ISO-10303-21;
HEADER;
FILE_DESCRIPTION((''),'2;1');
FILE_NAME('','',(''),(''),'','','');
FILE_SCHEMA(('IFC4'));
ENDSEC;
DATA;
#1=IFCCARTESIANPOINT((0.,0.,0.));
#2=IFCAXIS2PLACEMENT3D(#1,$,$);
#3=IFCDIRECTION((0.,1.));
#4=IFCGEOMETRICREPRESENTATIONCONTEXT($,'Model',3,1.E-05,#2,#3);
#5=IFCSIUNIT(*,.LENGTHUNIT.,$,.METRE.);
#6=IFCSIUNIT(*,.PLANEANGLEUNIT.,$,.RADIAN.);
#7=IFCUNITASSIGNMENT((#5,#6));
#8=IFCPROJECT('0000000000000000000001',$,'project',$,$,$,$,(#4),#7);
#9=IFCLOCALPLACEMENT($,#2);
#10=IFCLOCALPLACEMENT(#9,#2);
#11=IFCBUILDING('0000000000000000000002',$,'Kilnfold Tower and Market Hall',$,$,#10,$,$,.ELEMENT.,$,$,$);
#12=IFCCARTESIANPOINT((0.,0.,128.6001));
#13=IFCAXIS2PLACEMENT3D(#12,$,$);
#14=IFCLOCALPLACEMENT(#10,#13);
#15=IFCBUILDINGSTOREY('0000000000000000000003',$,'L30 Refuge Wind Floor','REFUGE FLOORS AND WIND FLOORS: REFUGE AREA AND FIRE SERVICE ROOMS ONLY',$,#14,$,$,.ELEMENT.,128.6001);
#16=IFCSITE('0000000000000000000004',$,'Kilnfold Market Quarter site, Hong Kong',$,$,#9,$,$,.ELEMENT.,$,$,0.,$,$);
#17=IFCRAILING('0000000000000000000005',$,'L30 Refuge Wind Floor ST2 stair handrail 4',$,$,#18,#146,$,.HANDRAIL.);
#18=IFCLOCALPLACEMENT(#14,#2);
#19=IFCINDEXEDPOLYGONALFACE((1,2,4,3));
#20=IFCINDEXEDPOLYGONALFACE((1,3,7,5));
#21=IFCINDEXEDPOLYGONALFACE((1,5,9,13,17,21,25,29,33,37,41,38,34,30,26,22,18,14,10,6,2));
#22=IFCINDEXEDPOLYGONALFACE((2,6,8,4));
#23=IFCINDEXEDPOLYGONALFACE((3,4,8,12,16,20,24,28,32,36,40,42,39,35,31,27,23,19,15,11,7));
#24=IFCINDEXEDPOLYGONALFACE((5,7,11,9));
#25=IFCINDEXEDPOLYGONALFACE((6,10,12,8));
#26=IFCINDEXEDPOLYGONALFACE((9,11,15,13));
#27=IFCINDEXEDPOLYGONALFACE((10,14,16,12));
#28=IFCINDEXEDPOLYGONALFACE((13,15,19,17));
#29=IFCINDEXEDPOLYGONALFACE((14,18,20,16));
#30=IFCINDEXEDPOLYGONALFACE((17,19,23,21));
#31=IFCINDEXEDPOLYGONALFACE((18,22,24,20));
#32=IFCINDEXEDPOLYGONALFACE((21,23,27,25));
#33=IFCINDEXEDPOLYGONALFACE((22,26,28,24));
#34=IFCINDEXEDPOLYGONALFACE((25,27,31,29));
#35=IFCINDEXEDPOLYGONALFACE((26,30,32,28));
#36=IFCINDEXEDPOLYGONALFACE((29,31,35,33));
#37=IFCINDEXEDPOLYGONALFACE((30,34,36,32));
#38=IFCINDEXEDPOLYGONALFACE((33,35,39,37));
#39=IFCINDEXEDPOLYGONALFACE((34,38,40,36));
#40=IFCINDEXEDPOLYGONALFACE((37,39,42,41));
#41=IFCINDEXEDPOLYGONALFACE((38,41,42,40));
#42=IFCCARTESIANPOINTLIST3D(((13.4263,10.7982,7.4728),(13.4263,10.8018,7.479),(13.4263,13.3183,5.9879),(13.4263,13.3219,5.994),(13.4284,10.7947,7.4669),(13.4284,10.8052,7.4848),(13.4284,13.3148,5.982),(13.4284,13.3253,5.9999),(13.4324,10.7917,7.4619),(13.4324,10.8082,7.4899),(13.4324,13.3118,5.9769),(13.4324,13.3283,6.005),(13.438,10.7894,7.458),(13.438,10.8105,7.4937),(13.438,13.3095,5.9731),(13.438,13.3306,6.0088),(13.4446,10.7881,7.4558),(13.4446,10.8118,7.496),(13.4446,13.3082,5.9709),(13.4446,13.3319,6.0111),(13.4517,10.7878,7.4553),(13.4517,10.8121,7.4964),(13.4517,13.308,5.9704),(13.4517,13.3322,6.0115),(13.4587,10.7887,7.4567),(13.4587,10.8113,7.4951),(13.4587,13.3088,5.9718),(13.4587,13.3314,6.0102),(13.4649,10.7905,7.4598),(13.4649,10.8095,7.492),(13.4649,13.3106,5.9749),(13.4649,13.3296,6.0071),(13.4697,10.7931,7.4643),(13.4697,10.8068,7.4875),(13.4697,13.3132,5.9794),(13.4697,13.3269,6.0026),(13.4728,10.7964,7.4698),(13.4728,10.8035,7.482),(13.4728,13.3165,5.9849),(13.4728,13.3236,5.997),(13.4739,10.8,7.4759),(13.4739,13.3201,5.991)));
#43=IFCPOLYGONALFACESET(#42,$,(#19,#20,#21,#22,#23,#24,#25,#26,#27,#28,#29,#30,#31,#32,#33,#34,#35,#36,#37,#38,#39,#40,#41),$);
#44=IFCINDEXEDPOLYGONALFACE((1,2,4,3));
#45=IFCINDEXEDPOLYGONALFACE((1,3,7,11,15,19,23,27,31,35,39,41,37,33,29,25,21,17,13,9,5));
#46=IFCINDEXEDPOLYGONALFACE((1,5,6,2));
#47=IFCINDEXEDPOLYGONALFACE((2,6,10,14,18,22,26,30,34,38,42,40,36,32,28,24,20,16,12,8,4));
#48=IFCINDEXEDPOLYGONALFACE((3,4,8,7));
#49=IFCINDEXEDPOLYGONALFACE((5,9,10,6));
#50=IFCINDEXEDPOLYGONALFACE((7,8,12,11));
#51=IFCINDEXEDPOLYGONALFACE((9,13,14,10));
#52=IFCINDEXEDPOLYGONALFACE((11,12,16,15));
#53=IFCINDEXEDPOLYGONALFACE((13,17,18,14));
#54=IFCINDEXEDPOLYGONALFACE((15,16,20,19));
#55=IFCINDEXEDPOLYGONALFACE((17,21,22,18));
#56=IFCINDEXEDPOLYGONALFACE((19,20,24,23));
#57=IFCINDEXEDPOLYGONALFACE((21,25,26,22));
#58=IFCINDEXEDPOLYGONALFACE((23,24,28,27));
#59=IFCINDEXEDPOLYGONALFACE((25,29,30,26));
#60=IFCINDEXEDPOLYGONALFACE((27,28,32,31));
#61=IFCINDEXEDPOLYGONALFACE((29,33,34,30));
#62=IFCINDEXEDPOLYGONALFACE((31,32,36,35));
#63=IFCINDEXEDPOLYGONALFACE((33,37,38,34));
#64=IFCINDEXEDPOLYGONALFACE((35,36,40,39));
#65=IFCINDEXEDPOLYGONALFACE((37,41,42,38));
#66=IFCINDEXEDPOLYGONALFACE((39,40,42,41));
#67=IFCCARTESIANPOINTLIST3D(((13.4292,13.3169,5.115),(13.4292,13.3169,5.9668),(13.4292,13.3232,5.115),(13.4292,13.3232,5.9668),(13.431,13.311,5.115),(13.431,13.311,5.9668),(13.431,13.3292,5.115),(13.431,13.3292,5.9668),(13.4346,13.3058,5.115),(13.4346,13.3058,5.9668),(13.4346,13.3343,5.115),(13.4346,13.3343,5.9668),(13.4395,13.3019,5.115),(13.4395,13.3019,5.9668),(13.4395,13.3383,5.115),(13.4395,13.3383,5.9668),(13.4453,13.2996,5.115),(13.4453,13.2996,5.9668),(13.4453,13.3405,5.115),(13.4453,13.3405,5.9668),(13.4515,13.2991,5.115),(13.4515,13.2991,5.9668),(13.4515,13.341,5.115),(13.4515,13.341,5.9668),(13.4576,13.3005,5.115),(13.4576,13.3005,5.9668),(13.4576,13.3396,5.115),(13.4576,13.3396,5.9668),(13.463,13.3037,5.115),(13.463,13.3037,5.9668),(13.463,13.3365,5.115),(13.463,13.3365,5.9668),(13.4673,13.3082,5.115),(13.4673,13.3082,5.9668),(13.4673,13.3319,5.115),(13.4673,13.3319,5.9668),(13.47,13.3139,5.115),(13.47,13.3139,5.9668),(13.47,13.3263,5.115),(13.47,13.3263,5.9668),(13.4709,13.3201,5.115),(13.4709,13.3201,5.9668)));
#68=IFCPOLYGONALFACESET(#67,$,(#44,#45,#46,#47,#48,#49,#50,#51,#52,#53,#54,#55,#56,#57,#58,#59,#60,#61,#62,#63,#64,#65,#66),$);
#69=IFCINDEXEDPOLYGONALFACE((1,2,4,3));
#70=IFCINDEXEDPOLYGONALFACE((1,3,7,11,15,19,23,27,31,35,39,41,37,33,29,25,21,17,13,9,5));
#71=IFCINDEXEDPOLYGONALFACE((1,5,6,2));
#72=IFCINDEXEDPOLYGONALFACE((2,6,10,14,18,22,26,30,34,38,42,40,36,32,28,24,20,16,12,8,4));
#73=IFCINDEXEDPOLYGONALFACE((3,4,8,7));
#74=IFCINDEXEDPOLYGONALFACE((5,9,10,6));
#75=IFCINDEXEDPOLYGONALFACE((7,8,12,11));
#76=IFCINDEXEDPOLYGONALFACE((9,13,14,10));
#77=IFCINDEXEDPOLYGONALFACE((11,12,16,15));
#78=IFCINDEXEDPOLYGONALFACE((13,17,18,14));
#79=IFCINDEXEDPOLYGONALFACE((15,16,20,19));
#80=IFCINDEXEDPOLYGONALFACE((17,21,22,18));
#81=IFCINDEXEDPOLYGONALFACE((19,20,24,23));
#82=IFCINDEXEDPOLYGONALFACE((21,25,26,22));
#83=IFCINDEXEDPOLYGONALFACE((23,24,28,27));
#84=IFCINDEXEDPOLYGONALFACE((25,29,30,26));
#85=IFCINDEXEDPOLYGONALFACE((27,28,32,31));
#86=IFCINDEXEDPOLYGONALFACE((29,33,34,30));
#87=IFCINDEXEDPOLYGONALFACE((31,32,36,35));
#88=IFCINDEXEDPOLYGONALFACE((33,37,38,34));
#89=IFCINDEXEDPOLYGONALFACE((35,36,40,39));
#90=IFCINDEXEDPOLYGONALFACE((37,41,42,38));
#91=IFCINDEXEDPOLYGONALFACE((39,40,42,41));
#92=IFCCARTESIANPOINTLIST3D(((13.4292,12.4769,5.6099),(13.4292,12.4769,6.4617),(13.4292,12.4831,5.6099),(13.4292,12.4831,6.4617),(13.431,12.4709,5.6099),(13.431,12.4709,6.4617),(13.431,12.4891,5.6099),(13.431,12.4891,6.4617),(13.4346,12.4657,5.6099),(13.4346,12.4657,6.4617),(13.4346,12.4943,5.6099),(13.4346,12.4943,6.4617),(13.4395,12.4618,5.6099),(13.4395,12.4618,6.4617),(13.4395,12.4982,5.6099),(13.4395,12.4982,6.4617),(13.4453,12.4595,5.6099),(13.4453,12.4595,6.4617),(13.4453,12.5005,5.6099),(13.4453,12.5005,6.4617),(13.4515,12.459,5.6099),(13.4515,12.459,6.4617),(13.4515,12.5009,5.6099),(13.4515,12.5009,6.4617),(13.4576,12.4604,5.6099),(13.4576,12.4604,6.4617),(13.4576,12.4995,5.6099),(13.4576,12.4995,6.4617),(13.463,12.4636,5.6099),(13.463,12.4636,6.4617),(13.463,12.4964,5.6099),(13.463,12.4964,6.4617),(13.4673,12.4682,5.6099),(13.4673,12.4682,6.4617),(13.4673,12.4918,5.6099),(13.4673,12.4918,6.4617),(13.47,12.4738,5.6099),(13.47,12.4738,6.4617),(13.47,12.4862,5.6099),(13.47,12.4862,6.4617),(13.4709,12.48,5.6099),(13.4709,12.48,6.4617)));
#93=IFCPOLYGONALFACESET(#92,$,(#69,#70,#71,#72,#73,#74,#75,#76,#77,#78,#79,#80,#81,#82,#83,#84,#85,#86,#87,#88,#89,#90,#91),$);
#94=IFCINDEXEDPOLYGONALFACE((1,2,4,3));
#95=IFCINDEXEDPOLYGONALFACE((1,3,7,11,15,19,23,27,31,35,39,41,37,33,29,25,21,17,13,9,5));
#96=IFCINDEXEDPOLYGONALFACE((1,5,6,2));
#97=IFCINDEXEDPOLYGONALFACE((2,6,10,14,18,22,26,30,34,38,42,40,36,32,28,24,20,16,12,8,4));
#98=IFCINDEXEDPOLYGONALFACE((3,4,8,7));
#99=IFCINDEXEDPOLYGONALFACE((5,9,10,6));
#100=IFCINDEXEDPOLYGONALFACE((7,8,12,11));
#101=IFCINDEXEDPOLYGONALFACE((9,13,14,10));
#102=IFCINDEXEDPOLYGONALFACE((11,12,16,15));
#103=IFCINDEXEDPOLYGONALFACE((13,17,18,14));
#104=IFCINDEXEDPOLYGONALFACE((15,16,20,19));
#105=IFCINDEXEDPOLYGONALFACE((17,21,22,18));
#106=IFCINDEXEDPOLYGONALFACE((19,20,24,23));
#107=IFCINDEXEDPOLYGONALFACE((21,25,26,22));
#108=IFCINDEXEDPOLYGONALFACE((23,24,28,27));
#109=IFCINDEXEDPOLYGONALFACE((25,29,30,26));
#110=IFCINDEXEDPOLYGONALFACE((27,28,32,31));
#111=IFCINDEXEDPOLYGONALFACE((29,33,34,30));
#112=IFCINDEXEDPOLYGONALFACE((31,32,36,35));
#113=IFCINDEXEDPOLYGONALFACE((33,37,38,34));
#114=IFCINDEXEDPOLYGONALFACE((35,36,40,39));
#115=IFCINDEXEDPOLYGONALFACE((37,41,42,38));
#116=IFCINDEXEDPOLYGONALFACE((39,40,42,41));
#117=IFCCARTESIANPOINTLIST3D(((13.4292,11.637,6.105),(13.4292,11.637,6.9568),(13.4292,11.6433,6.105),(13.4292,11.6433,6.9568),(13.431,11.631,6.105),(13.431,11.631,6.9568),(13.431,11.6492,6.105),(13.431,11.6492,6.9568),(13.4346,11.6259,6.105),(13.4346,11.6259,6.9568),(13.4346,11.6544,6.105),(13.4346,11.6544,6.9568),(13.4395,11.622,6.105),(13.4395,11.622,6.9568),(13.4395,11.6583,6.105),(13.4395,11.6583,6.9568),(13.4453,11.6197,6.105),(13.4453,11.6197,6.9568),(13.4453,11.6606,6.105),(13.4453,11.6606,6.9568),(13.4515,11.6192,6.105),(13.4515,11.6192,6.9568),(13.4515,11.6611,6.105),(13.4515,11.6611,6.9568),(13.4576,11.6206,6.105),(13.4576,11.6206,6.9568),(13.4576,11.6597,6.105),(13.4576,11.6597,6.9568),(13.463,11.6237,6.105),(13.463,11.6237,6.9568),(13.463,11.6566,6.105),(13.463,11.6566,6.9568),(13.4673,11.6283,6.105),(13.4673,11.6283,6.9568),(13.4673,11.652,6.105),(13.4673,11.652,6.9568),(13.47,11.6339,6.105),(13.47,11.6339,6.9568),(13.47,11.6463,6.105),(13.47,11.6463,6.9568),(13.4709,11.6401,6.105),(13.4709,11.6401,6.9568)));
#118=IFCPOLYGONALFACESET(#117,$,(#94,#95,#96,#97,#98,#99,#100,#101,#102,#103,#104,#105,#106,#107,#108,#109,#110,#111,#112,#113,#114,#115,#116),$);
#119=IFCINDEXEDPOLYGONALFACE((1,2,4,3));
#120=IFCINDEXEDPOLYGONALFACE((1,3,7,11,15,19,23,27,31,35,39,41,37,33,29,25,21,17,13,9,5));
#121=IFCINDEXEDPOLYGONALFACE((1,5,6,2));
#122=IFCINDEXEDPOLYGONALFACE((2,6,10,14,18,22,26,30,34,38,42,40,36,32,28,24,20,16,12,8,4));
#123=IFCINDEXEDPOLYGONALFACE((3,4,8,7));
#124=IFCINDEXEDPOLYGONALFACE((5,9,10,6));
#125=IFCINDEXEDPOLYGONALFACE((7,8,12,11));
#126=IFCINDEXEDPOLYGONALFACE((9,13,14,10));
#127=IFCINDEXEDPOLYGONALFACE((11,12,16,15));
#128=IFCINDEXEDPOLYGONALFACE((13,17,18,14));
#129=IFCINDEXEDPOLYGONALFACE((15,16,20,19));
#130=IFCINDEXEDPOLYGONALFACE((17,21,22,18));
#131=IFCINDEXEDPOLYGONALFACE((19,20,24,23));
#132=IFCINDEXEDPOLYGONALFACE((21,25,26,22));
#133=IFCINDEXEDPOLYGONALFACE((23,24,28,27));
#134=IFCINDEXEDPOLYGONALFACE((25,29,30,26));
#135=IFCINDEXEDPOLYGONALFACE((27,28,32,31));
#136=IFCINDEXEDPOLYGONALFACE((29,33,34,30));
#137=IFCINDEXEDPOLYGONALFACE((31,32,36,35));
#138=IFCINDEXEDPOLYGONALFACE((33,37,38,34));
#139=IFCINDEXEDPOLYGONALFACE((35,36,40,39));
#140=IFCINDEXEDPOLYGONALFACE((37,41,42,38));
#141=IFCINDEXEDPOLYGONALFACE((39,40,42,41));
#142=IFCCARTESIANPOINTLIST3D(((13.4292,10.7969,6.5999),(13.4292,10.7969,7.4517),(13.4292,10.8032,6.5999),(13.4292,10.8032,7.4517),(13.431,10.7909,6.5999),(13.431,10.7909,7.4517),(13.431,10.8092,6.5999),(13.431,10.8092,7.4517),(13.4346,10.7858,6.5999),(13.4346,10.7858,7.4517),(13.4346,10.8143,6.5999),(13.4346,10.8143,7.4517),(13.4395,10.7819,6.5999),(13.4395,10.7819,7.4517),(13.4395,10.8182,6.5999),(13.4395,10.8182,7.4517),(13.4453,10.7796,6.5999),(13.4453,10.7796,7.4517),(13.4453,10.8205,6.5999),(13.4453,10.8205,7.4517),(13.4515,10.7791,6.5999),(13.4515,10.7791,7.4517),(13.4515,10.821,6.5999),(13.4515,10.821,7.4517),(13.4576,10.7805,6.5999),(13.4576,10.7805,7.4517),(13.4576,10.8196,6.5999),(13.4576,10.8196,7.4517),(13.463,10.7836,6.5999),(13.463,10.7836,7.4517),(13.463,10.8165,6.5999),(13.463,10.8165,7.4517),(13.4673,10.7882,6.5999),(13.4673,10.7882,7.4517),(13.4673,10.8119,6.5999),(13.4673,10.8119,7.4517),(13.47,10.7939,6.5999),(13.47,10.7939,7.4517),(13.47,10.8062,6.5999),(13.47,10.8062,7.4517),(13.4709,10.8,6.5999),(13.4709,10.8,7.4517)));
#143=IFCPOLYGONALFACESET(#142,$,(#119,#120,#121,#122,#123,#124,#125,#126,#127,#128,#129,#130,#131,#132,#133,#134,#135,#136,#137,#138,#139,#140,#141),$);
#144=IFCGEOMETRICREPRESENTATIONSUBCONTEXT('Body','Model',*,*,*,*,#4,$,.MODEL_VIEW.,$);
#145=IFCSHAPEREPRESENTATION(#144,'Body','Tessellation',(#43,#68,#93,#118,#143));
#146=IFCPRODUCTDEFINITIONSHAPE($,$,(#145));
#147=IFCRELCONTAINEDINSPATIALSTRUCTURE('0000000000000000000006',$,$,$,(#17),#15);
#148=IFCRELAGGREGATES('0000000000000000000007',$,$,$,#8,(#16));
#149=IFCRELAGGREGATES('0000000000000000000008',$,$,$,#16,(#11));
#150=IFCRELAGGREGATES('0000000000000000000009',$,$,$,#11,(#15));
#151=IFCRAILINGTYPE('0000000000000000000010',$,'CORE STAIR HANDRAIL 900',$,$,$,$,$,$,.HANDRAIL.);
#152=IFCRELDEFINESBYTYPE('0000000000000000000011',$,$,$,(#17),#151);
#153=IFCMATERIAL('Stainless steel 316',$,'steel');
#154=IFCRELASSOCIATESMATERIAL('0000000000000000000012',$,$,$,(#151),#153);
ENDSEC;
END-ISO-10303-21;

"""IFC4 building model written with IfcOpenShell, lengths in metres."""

from ifc_helpers import new_model, si_unit, direction, frame, origin, origin_2d, place, context, subcontext, project, spatial, circle, extrude, material, type_object, element, save


model = new_model("IFC4")

# Units and contexts
model_context = context("Model", 3, precision=1e-05, world=origin(), true_north=direction((0.0, 1.0)))
body_context = subcontext(model_context, "Body", "Model", "MODEL_VIEW")
ifc_project = project(units=[si_unit("LENGTHUNIT", "METRE"), si_unit("PLANEANGLEUNIT", "RADIAN")], contexts=[model_context])

# Site, building, storey
site_placement = place(None, origin())
site = spatial("IfcSite", under=ifc_project, at=site_placement, Name="Kilnfold Market Quarter site, Hong Kong", CompositionType="ELEMENT", RefElevation=0.0)
building_placement = place(site_placement, origin())
building = spatial("IfcBuilding", under=site, at=building_placement, Name="Kilnfold Tower and Market Hall", CompositionType="ELEMENT")
storey_placement = place(building_placement, frame((0.0, 0.0, 128.6001)))
storey = spatial("IfcBuildingStorey", under=building, at=storey_placement, Name="L30 Refuge Wind Floor", Description="REFUGE FLOORS AND WIND FLOORS: REFUGE AREA AND FIRE SERVICE ROOMS ONLY", CompositionType="ELEMENT", Elevation=128.6001)

# Railing
ifc_material_1 = material(Name="Stainless steel 316", Category="steel")
railing_type_1 = type_object("IfcRailingType", Name="CORE STAIR HANDRAIL 900", PredefinedType="HANDRAIL", material=ifc_material_1)
railing_1_placement = place(storey_placement, frame((13.45, 13.3201, 5.115)))
element("IfcRailing", 1, at=railing_1_placement, inside=storey, type_object=railing_type_1, Name="L30 Refuge Wind Floor ST2 stair handrail 4", PredefinedType="HANDRAIL", context=body_context, shape_type="SweptSolid", body=[
    extrude(circle(Radius=0.0239, at=origin_2d()), frame((0.0, 0.0, 0.876), z_axis=(0.0, -0.861561, 0.507655), x_axis=(1.0, 0.0, 0.0)), (0.0, 0.0, 1.0), 2.925),
    extrude(circle(Radius=0.021, at=origin_2d()), origin(), (0.0, 0.0, 1.0), 0.8518),
    extrude(circle(Radius=0.021, at=origin_2d()), frame((0.0, -0.8401, 0.4949)), (0.0, 0.0, 1.0), 0.8518),
    extrude(circle(Radius=0.021, at=origin_2d()), frame((0.0, -1.6799, 0.99)), (0.0, 0.0, 1.0), 0.8518),
    extrude(circle(Radius=0.021, at=origin_2d()), frame((0.0, -2.52, 1.4849)), (0.0, 0.0, 1.0), 0.8518),
])

save(model, "model.ifc")
